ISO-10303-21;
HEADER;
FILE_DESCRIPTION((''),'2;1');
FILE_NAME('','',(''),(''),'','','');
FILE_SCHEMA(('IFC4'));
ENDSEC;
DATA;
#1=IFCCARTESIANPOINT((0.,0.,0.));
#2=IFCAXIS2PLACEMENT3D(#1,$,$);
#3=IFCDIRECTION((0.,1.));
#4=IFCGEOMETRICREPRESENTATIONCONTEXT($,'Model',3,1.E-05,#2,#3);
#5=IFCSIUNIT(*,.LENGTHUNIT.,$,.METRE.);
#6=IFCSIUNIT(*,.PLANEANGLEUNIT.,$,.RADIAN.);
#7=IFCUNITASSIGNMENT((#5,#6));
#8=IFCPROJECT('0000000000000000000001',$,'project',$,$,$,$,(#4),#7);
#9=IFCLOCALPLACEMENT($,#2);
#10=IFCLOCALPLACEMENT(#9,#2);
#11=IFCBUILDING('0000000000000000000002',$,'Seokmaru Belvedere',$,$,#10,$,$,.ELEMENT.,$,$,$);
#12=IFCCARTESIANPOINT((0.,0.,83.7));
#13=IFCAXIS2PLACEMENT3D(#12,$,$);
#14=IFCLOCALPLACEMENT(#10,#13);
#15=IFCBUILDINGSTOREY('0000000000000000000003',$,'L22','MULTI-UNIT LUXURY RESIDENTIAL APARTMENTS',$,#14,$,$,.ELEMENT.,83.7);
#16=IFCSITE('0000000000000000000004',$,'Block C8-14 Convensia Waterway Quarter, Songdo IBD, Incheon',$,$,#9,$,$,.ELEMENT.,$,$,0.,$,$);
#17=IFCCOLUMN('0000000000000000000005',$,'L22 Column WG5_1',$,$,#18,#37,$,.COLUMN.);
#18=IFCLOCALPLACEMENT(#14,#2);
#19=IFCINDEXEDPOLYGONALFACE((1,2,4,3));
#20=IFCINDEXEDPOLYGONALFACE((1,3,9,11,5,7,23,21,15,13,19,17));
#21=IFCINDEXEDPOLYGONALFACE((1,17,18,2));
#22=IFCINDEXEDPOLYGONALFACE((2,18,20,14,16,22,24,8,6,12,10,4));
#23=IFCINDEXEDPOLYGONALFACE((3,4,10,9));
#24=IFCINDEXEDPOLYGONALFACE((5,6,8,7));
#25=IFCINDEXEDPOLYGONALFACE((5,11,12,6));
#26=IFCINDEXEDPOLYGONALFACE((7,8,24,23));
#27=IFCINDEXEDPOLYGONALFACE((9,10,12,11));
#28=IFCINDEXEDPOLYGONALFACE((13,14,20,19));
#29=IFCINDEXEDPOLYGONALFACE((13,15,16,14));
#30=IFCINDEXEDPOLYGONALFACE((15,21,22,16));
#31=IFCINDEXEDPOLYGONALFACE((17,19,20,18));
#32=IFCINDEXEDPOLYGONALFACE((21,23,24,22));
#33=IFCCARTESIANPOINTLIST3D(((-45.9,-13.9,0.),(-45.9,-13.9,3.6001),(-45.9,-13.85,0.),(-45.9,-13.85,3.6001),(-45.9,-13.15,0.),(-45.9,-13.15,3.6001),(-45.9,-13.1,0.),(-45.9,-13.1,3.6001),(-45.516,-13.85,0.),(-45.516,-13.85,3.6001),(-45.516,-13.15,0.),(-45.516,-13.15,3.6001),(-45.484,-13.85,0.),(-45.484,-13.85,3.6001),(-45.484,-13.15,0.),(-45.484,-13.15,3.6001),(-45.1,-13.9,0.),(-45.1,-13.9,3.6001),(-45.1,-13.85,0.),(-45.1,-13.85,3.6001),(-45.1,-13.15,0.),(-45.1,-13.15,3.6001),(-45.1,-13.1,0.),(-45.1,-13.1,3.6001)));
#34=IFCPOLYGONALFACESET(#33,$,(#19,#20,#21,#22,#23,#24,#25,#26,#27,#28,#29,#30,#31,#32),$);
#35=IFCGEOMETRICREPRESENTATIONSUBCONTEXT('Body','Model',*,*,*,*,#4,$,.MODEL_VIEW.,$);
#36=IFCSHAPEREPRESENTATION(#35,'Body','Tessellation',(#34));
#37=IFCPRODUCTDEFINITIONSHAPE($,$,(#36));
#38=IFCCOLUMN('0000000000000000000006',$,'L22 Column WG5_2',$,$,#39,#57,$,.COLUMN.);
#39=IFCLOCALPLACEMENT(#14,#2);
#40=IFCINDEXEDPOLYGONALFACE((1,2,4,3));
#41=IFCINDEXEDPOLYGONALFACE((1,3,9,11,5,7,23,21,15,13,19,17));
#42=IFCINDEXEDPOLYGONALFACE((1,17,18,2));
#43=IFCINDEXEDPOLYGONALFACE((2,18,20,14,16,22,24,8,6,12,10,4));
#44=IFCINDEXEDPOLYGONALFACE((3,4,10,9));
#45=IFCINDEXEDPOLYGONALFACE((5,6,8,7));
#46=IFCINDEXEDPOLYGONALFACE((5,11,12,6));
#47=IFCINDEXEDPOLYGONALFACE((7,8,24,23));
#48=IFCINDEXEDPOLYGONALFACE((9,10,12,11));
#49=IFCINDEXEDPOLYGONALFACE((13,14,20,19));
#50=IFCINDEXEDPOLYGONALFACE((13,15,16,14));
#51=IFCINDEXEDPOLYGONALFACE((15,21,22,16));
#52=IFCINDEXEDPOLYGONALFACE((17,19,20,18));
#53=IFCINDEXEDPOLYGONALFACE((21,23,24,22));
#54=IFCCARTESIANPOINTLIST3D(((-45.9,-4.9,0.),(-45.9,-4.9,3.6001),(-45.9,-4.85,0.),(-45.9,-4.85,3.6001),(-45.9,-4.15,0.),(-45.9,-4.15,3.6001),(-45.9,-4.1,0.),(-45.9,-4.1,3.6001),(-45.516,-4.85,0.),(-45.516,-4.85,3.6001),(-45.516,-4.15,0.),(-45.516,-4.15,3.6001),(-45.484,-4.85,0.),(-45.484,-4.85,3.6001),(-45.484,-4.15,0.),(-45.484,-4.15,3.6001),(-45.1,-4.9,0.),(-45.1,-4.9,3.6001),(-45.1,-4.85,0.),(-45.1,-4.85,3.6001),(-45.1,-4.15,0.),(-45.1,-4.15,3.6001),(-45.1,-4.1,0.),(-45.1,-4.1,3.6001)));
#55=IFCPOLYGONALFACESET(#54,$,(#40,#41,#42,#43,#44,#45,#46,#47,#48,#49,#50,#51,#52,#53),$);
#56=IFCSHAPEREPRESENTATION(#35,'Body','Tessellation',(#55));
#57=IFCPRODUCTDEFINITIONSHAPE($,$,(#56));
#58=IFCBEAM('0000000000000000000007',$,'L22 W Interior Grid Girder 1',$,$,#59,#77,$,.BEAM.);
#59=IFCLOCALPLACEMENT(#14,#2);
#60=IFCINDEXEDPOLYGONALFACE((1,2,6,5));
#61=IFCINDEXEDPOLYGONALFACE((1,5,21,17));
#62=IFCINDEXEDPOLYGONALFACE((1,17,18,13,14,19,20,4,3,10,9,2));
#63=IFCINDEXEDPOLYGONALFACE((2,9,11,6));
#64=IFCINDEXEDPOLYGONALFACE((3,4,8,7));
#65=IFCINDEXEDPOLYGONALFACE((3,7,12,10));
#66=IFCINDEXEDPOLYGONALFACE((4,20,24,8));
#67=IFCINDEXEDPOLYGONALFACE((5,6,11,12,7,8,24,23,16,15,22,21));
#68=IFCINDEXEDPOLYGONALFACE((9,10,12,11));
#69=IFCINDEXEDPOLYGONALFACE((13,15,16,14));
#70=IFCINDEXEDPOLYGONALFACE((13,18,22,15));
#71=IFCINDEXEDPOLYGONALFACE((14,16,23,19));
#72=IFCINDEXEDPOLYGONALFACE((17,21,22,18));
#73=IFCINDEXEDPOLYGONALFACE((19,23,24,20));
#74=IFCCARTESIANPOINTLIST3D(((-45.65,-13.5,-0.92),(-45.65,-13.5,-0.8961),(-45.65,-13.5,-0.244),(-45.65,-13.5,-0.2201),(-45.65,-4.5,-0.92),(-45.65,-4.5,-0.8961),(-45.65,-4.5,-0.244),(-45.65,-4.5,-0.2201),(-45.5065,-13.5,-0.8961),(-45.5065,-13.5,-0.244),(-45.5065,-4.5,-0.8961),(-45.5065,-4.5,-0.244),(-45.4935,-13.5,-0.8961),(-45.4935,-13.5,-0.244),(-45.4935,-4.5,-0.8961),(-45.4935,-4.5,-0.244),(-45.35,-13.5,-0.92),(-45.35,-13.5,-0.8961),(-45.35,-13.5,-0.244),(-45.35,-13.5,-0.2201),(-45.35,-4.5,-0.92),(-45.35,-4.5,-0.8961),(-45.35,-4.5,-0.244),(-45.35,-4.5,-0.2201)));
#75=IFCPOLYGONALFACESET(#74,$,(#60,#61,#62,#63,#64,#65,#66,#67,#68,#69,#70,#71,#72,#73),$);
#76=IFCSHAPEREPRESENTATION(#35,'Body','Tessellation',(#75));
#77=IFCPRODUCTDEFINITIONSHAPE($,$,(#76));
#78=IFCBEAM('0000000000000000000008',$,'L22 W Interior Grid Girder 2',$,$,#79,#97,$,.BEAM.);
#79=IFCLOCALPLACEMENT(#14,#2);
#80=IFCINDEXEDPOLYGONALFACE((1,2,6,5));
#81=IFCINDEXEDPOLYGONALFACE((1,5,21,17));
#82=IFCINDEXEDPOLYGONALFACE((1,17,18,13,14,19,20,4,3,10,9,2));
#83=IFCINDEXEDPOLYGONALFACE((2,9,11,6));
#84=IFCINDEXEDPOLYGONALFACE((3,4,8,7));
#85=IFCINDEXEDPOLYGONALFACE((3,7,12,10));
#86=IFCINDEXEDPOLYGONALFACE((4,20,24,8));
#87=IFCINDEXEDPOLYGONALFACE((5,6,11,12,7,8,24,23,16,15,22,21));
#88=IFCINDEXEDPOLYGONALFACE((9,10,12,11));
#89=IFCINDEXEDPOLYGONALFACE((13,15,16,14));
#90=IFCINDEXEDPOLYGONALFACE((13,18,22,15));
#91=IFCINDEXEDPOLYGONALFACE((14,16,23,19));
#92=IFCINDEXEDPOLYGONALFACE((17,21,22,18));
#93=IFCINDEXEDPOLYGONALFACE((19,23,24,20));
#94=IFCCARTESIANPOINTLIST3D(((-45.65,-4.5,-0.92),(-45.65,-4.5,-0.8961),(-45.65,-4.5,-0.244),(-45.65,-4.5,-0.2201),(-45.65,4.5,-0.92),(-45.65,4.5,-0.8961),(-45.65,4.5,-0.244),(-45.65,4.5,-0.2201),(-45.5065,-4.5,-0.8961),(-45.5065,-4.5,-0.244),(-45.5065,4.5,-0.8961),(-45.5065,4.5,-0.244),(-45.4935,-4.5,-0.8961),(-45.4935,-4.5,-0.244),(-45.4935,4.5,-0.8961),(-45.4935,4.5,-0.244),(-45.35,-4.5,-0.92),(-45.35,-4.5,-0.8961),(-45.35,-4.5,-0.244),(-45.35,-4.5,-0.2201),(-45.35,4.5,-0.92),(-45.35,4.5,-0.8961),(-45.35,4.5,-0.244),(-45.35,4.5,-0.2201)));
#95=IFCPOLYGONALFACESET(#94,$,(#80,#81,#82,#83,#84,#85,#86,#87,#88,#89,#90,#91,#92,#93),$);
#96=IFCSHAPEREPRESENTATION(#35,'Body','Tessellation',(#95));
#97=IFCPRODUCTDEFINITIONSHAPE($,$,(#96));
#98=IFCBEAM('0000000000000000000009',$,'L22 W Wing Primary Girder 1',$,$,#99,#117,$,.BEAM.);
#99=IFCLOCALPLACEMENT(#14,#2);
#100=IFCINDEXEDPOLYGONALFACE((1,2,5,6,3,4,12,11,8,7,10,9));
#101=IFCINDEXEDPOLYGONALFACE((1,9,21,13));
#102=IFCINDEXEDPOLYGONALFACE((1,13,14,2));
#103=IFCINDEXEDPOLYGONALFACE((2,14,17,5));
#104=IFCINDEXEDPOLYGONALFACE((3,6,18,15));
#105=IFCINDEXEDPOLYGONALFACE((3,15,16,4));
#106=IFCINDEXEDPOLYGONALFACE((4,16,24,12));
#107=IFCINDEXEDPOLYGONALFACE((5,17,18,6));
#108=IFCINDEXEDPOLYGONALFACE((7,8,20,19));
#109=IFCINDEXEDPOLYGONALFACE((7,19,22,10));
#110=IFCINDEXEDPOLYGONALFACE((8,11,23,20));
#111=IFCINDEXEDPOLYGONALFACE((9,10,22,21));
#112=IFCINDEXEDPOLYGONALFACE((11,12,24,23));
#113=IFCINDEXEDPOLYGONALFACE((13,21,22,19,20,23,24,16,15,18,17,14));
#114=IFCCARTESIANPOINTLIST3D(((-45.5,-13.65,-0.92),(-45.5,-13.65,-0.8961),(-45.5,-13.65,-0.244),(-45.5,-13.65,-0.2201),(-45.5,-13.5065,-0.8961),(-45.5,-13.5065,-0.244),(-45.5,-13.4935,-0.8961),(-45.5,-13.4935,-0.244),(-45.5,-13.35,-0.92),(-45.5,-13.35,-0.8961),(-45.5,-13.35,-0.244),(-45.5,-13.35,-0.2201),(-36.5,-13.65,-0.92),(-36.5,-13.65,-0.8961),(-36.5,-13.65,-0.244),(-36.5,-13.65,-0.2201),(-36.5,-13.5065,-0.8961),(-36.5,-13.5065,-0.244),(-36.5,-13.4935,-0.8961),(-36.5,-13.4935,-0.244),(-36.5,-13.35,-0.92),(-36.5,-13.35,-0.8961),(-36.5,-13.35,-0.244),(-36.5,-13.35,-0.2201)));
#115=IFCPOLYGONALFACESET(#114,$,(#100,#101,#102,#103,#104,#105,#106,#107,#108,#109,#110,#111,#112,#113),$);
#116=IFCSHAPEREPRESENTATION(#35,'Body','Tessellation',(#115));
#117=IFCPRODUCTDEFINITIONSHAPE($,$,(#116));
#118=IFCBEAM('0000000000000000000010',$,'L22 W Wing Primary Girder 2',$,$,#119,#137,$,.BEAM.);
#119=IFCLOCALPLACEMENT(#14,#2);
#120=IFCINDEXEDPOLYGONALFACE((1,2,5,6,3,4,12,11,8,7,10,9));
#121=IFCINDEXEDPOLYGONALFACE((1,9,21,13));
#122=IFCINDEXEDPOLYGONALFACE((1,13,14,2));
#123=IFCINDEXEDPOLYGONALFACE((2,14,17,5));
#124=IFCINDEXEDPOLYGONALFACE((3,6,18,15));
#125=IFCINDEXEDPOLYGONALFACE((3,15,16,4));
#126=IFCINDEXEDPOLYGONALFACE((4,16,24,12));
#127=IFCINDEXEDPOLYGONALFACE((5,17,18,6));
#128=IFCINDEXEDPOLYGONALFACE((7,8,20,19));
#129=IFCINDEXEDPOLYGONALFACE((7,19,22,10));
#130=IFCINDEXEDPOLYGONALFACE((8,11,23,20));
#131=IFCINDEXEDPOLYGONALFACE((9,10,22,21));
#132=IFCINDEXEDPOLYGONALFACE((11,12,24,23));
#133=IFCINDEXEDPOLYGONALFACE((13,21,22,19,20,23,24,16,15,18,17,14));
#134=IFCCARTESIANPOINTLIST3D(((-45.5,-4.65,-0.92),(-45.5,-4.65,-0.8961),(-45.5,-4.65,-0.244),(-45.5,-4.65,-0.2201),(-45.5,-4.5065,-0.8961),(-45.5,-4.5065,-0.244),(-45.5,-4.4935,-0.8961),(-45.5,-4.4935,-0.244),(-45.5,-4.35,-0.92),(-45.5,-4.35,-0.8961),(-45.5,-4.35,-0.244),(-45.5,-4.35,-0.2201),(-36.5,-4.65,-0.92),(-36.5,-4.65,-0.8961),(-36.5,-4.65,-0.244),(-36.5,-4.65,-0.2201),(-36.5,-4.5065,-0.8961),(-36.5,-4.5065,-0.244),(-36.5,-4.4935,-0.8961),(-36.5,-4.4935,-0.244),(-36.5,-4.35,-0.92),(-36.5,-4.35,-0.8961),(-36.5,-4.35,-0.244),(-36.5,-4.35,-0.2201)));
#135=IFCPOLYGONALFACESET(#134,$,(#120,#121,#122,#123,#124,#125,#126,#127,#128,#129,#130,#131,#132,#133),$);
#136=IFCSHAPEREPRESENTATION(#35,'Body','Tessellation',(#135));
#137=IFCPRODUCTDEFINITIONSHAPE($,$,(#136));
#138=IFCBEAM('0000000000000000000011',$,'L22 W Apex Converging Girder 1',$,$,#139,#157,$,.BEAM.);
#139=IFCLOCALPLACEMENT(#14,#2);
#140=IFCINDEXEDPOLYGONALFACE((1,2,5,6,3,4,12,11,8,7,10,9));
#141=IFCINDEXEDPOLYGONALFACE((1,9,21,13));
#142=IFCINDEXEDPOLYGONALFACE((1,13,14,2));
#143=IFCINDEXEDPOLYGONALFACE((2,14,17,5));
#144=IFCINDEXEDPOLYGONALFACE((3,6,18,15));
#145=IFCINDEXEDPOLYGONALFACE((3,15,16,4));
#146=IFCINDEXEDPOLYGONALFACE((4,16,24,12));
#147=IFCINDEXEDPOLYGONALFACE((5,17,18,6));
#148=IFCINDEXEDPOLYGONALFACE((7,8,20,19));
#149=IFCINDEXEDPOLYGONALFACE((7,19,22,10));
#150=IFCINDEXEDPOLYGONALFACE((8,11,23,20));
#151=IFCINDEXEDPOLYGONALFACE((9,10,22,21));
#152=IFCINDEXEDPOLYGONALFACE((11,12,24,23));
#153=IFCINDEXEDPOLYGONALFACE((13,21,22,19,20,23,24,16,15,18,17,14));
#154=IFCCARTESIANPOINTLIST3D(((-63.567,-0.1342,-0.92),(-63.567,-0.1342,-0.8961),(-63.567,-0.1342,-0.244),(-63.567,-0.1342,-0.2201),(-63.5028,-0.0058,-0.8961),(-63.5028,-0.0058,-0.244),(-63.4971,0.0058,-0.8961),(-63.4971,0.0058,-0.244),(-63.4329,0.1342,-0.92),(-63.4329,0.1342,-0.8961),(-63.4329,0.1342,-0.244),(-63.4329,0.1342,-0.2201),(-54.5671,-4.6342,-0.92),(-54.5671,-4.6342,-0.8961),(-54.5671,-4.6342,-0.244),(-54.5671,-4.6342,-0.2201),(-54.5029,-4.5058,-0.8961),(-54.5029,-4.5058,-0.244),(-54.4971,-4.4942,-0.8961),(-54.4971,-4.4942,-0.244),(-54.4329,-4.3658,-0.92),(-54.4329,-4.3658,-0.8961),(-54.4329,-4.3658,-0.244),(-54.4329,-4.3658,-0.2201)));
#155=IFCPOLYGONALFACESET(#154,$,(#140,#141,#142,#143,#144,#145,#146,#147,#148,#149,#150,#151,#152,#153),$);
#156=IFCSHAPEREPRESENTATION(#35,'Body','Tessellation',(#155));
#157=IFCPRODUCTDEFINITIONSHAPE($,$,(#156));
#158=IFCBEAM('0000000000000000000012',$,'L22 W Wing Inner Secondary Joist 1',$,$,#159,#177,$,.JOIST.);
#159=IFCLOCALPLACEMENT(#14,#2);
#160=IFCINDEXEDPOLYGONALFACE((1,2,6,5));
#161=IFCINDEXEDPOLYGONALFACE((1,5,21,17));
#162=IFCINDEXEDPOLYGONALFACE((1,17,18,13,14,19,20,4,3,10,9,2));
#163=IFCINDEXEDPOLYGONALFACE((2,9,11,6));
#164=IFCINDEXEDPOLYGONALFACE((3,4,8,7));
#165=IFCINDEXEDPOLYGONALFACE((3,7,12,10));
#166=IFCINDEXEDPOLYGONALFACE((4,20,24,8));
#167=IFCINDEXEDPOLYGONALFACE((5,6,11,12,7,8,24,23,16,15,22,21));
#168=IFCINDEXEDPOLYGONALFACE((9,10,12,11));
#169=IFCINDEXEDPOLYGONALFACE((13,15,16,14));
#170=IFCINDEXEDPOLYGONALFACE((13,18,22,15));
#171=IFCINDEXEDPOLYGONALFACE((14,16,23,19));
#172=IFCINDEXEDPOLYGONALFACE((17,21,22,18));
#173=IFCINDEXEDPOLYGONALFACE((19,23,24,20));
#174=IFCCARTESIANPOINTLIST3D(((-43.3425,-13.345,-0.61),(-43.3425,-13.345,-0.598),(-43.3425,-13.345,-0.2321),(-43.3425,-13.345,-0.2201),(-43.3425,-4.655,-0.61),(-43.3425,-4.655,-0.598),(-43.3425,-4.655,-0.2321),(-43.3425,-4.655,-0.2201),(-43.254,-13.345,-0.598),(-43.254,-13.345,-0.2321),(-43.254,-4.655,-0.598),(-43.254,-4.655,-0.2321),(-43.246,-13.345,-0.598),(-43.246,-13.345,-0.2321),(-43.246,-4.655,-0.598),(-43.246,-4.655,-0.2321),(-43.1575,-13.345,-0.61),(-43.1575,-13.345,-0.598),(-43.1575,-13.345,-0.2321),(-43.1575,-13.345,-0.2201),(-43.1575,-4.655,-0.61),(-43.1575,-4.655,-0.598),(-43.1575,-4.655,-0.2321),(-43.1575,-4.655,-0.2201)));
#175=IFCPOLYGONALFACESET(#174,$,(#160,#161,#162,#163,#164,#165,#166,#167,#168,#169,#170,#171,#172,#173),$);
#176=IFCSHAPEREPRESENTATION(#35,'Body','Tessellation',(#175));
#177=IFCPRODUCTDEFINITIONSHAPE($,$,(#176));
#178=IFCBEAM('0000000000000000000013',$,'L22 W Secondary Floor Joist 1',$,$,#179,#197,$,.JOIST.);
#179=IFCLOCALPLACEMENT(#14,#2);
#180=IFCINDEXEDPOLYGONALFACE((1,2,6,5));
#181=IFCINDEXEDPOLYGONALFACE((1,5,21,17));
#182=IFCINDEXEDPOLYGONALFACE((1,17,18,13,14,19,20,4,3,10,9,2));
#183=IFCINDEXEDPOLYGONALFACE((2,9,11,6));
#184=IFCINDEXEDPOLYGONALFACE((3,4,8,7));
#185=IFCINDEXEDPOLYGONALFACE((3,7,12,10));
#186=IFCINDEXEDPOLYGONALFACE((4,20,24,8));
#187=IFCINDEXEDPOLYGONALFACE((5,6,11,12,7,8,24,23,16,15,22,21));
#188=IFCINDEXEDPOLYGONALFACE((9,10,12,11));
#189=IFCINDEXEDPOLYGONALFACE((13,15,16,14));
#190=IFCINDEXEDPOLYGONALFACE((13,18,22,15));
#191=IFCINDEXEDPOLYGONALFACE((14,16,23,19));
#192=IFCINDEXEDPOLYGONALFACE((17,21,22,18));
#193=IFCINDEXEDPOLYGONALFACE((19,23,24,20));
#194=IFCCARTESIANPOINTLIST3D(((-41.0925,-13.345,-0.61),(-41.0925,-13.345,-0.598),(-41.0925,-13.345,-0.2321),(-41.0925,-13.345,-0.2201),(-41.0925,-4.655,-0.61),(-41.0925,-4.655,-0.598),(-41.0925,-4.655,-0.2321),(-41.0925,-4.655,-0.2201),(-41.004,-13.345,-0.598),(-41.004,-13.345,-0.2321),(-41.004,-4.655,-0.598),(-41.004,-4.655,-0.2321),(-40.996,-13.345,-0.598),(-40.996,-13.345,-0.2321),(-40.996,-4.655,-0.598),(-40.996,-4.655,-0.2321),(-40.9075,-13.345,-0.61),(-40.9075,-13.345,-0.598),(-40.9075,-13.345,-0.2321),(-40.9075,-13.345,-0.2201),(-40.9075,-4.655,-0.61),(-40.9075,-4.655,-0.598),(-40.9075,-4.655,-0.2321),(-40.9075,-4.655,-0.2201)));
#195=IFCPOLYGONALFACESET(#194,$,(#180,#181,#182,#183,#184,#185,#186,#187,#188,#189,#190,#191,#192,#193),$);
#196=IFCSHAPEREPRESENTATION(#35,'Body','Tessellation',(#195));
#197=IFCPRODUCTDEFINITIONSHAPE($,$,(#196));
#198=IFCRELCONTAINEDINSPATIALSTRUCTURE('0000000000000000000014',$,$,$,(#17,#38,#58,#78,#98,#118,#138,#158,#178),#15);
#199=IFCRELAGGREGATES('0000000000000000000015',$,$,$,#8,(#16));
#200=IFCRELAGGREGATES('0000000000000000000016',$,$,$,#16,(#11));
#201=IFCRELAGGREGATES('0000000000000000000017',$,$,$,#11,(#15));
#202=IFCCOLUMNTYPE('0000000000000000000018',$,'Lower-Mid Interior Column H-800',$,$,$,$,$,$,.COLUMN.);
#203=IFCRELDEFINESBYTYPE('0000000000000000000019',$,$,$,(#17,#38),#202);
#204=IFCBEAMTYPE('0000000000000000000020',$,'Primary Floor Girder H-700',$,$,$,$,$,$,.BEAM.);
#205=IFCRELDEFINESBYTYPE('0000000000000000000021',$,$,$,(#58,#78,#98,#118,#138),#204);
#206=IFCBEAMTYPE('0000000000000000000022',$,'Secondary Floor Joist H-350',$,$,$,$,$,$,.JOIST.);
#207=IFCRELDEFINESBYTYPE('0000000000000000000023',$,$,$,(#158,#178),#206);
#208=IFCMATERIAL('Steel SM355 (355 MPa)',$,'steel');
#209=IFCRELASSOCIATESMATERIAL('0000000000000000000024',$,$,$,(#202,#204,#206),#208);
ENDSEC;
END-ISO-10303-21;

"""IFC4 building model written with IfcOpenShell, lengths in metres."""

from ifc_helpers import new_model, si_unit, direction, frame, origin, origin_2d, place, context, subcontext, project, spatial, i_section, extrude, source, transform, mapped, material, material_profile, profile_set, type_object, type_shapes, element, save


model = new_model("IFC4")

# Units and contexts
model_context = context("Model", 3, precision=1e-05, world=origin(), true_north=direction((0.0, 1.0)))
body_context = subcontext(model_context, "Body", "Model", "MODEL_VIEW")
ifc_project = project(units=[si_unit("LENGTHUNIT", "METRE"), si_unit("PLANEANGLEUNIT", "RADIAN")], contexts=[model_context])

# Site, building, storey
site_placement = place(None, origin())
site = spatial("IfcSite", under=ifc_project, at=site_placement, Name="Block C8-14 Convensia Waterway Quarter, Songdo IBD, Incheon", CompositionType="ELEMENT", RefElevation=0.0)
building_placement = place(site_placement, origin())
building = spatial("IfcBuilding", under=site, at=building_placement, Name="Seokmaru Belvedere", CompositionType="ELEMENT")
storey_placement = place(building_placement, frame((0.0, 0.0, 83.7)))
storey = spatial("IfcBuildingStorey", under=building, at=storey_placement, Name="L22", Description="MULTI-UNIT LUXURY RESIDENTIAL APARTMENTS", CompositionType="ELEMENT", Elevation=83.7)

# Columns
ifc_material_1 = material(Name="Steel SM355 (355 MPa)", Category="steel")
ifc_material_profile_1 = material_profile(ifc_material_1, i_section(OverallWidth=0.8, OverallDepth=0.8, WebThickness=0.032, FlangeThickness=0.05, at=origin_2d()), Name="H-800x800x32x50")
ifc_profile_set_1 = profile_set([ifc_material_profile_1], Name="Steel SM355 (355 MPa)")
column_type = type_object("IfcColumnType", Name="Lower-Mid Interior Column H-800", PredefinedType="COLUMN", material=ifc_profile_set_1)
shared_shape_1 = source(origin(), body_context, "Body", "SweptSolid", [
    extrude(i_section(OverallWidth=0.8, OverallDepth=0.8, WebThickness=0.032, FlangeThickness=0.05, at=origin_2d()), origin(), (0.0, 0.0, 1.0), 3.6001),
])
type_shapes(column_type, [shared_shape_1])
for number, where, z_axis, x_axis, name in (
    (1, (-45.5, -13.5, 0.0), (0.0, 0.0, 1.0), (1.0, 0.0, 0.0), "L22 Column WG5_1"),
    (2, (-45.5, -4.5, 0.0), (0.0, 0.0, 1.0), (1.0, 0.0, 0.0), "L22 Column WG5_2"),
):
    element("IfcColumn", number, at=place(storey_placement, frame(where, z_axis=z_axis, x_axis=x_axis)), inside=storey, type_object=column_type, Name=name, PredefinedType="COLUMN", context=body_context, shape_type="MappedRepresentation", body=[
        mapped(shared_shape_1, transform((0.0, 0.0, 0.0), scale=1.0)),
    ])

# Beams
ifc_material_profile_2 = material_profile(ifc_material_1, i_section(OverallWidth=0.3, OverallDepth=0.7, WebThickness=0.0129, FlangeThickness=0.0239, at=origin_2d()), Name="H-700x300x13x24")
ifc_profile_set_2 = profile_set([ifc_material_profile_2], Name="Steel SM355 (355 MPa)")
beam_type_1 = type_object("IfcBeamType", Name="Primary Floor Girder H-700", PredefinedType="BEAM", material=ifc_profile_set_2)
shared_shape_2 = source(origin(), body_context, "Body", "SweptSolid", [
    extrude(i_section(OverallWidth=0.3, OverallDepth=0.7, WebThickness=0.0129, FlangeThickness=0.0239, at=origin_2d()), origin(), (0.0, 0.0, 1.0), 9.0),
])
for number, where, z_axis, x_axis, name in (
    (3, (-45.5, -13.5, -0.5701), (0.0, 1.0, 0.0), (-1.0, 0.0, 0.0), "L22 W Interior Grid Girder 1"),
    (4, (-45.5, -4.5, -0.5701), (0.0, 1.0, 0.0), (-1.0, 0.0, 0.0), "L22 W Interior Grid Girder 2"),
    (5, (-45.5, -13.5, -0.5701), (1.0, 0.0, 0.0), (0.0, 1.0, 0.0), "L22 W Wing Primary Girder 1"),
    (6, (-45.5, -4.5, -0.5701), (1.0, 0.0, 0.0), (0.0, 1.0, 0.0), "L22 W Wing Primary Girder 2"),
):
    element("IfcBeam", number, at=place(storey_placement, frame(where, z_axis=z_axis, x_axis=x_axis)), inside=storey, type_object=beam_type_1, Name=name, PredefinedType="BEAM", context=body_context, shape_type="MappedRepresentation", body=[
        mapped(shared_shape_2, transform((0.0, 0.0, 0.0), scale=1.0)),
    ])
shared_shape_3 = source(origin(), body_context, "Body", "SweptSolid", [
    extrude(i_section(OverallWidth=0.3, OverallDepth=0.7, WebThickness=0.0129, FlangeThickness=0.0239, at=origin_2d()), origin(), (0.0, 0.0, 1.0), 10.0623),
])
type_shapes(beam_type_1, [shared_shape_2, shared_shape_3])
beam_placement = place(storey_placement, frame((-54.5, -4.5, -0.5701), z_axis=(-0.894427, 0.447214, 0.0), x_axis=(-0.447214, -0.894427, 0.0)))
element("IfcBeam", 7, at=beam_placement, inside=storey, type_object=beam_type_1, Name="L22 W Apex Converging Girder 1", PredefinedType="BEAM", context=body_context, shape_type="MappedRepresentation", body=[
    mapped(shared_shape_3, transform((0.0, 0.0, 0.0), scale=1.0)),
])
ifc_material_profile_3 = material_profile(ifc_material_1, i_section(OverallWidth=0.1851, OverallDepth=0.3899, WebThickness=0.0081, FlangeThickness=0.012, at=origin_2d()), Name="H-390x185x8x12")
ifc_profile_set_3 = profile_set([ifc_material_profile_3], Name="Steel SM355 (355 MPa)")
beam_type_2 = type_object("IfcBeamType", Name="Secondary Floor Joist H-350", PredefinedType="JOIST", material=ifc_profile_set_3)
shared_shape_4 = source(origin(), body_context, "Body", "SweptSolid", [
    extrude(i_section(OverallWidth=0.1851, OverallDepth=0.3899, WebThickness=0.0081, FlangeThickness=0.012, at=origin_2d()), origin(), (0.0, 0.0, 1.0), 8.6899),
])
type_shapes(beam_type_2, [shared_shape_4])
for number, where, z_axis, x_axis, name in (
    (8, (-43.25, -13.345, -0.415), (0.0, 1.0, 0.0), (-1.0, 0.0, 0.0), "L22 W Wing Inner Secondary Joist 1"),
    (9, (-41.0, -13.345, -0.415), (0.0, 1.0, 0.0), (-1.0, 0.0, 0.0), "L22 W Secondary Floor Joist 1"),
):
    element("IfcBeam", number, at=place(storey_placement, frame(where, z_axis=z_axis, x_axis=x_axis)), inside=storey, type_object=beam_type_2, Name=name, PredefinedType="JOIST", context=body_context, shape_type="MappedRepresentation", body=[
        mapped(shared_shape_4, transform((0.0, 0.0, 0.0), scale=1.0)),
    ])

save(model, "model.ifc")
